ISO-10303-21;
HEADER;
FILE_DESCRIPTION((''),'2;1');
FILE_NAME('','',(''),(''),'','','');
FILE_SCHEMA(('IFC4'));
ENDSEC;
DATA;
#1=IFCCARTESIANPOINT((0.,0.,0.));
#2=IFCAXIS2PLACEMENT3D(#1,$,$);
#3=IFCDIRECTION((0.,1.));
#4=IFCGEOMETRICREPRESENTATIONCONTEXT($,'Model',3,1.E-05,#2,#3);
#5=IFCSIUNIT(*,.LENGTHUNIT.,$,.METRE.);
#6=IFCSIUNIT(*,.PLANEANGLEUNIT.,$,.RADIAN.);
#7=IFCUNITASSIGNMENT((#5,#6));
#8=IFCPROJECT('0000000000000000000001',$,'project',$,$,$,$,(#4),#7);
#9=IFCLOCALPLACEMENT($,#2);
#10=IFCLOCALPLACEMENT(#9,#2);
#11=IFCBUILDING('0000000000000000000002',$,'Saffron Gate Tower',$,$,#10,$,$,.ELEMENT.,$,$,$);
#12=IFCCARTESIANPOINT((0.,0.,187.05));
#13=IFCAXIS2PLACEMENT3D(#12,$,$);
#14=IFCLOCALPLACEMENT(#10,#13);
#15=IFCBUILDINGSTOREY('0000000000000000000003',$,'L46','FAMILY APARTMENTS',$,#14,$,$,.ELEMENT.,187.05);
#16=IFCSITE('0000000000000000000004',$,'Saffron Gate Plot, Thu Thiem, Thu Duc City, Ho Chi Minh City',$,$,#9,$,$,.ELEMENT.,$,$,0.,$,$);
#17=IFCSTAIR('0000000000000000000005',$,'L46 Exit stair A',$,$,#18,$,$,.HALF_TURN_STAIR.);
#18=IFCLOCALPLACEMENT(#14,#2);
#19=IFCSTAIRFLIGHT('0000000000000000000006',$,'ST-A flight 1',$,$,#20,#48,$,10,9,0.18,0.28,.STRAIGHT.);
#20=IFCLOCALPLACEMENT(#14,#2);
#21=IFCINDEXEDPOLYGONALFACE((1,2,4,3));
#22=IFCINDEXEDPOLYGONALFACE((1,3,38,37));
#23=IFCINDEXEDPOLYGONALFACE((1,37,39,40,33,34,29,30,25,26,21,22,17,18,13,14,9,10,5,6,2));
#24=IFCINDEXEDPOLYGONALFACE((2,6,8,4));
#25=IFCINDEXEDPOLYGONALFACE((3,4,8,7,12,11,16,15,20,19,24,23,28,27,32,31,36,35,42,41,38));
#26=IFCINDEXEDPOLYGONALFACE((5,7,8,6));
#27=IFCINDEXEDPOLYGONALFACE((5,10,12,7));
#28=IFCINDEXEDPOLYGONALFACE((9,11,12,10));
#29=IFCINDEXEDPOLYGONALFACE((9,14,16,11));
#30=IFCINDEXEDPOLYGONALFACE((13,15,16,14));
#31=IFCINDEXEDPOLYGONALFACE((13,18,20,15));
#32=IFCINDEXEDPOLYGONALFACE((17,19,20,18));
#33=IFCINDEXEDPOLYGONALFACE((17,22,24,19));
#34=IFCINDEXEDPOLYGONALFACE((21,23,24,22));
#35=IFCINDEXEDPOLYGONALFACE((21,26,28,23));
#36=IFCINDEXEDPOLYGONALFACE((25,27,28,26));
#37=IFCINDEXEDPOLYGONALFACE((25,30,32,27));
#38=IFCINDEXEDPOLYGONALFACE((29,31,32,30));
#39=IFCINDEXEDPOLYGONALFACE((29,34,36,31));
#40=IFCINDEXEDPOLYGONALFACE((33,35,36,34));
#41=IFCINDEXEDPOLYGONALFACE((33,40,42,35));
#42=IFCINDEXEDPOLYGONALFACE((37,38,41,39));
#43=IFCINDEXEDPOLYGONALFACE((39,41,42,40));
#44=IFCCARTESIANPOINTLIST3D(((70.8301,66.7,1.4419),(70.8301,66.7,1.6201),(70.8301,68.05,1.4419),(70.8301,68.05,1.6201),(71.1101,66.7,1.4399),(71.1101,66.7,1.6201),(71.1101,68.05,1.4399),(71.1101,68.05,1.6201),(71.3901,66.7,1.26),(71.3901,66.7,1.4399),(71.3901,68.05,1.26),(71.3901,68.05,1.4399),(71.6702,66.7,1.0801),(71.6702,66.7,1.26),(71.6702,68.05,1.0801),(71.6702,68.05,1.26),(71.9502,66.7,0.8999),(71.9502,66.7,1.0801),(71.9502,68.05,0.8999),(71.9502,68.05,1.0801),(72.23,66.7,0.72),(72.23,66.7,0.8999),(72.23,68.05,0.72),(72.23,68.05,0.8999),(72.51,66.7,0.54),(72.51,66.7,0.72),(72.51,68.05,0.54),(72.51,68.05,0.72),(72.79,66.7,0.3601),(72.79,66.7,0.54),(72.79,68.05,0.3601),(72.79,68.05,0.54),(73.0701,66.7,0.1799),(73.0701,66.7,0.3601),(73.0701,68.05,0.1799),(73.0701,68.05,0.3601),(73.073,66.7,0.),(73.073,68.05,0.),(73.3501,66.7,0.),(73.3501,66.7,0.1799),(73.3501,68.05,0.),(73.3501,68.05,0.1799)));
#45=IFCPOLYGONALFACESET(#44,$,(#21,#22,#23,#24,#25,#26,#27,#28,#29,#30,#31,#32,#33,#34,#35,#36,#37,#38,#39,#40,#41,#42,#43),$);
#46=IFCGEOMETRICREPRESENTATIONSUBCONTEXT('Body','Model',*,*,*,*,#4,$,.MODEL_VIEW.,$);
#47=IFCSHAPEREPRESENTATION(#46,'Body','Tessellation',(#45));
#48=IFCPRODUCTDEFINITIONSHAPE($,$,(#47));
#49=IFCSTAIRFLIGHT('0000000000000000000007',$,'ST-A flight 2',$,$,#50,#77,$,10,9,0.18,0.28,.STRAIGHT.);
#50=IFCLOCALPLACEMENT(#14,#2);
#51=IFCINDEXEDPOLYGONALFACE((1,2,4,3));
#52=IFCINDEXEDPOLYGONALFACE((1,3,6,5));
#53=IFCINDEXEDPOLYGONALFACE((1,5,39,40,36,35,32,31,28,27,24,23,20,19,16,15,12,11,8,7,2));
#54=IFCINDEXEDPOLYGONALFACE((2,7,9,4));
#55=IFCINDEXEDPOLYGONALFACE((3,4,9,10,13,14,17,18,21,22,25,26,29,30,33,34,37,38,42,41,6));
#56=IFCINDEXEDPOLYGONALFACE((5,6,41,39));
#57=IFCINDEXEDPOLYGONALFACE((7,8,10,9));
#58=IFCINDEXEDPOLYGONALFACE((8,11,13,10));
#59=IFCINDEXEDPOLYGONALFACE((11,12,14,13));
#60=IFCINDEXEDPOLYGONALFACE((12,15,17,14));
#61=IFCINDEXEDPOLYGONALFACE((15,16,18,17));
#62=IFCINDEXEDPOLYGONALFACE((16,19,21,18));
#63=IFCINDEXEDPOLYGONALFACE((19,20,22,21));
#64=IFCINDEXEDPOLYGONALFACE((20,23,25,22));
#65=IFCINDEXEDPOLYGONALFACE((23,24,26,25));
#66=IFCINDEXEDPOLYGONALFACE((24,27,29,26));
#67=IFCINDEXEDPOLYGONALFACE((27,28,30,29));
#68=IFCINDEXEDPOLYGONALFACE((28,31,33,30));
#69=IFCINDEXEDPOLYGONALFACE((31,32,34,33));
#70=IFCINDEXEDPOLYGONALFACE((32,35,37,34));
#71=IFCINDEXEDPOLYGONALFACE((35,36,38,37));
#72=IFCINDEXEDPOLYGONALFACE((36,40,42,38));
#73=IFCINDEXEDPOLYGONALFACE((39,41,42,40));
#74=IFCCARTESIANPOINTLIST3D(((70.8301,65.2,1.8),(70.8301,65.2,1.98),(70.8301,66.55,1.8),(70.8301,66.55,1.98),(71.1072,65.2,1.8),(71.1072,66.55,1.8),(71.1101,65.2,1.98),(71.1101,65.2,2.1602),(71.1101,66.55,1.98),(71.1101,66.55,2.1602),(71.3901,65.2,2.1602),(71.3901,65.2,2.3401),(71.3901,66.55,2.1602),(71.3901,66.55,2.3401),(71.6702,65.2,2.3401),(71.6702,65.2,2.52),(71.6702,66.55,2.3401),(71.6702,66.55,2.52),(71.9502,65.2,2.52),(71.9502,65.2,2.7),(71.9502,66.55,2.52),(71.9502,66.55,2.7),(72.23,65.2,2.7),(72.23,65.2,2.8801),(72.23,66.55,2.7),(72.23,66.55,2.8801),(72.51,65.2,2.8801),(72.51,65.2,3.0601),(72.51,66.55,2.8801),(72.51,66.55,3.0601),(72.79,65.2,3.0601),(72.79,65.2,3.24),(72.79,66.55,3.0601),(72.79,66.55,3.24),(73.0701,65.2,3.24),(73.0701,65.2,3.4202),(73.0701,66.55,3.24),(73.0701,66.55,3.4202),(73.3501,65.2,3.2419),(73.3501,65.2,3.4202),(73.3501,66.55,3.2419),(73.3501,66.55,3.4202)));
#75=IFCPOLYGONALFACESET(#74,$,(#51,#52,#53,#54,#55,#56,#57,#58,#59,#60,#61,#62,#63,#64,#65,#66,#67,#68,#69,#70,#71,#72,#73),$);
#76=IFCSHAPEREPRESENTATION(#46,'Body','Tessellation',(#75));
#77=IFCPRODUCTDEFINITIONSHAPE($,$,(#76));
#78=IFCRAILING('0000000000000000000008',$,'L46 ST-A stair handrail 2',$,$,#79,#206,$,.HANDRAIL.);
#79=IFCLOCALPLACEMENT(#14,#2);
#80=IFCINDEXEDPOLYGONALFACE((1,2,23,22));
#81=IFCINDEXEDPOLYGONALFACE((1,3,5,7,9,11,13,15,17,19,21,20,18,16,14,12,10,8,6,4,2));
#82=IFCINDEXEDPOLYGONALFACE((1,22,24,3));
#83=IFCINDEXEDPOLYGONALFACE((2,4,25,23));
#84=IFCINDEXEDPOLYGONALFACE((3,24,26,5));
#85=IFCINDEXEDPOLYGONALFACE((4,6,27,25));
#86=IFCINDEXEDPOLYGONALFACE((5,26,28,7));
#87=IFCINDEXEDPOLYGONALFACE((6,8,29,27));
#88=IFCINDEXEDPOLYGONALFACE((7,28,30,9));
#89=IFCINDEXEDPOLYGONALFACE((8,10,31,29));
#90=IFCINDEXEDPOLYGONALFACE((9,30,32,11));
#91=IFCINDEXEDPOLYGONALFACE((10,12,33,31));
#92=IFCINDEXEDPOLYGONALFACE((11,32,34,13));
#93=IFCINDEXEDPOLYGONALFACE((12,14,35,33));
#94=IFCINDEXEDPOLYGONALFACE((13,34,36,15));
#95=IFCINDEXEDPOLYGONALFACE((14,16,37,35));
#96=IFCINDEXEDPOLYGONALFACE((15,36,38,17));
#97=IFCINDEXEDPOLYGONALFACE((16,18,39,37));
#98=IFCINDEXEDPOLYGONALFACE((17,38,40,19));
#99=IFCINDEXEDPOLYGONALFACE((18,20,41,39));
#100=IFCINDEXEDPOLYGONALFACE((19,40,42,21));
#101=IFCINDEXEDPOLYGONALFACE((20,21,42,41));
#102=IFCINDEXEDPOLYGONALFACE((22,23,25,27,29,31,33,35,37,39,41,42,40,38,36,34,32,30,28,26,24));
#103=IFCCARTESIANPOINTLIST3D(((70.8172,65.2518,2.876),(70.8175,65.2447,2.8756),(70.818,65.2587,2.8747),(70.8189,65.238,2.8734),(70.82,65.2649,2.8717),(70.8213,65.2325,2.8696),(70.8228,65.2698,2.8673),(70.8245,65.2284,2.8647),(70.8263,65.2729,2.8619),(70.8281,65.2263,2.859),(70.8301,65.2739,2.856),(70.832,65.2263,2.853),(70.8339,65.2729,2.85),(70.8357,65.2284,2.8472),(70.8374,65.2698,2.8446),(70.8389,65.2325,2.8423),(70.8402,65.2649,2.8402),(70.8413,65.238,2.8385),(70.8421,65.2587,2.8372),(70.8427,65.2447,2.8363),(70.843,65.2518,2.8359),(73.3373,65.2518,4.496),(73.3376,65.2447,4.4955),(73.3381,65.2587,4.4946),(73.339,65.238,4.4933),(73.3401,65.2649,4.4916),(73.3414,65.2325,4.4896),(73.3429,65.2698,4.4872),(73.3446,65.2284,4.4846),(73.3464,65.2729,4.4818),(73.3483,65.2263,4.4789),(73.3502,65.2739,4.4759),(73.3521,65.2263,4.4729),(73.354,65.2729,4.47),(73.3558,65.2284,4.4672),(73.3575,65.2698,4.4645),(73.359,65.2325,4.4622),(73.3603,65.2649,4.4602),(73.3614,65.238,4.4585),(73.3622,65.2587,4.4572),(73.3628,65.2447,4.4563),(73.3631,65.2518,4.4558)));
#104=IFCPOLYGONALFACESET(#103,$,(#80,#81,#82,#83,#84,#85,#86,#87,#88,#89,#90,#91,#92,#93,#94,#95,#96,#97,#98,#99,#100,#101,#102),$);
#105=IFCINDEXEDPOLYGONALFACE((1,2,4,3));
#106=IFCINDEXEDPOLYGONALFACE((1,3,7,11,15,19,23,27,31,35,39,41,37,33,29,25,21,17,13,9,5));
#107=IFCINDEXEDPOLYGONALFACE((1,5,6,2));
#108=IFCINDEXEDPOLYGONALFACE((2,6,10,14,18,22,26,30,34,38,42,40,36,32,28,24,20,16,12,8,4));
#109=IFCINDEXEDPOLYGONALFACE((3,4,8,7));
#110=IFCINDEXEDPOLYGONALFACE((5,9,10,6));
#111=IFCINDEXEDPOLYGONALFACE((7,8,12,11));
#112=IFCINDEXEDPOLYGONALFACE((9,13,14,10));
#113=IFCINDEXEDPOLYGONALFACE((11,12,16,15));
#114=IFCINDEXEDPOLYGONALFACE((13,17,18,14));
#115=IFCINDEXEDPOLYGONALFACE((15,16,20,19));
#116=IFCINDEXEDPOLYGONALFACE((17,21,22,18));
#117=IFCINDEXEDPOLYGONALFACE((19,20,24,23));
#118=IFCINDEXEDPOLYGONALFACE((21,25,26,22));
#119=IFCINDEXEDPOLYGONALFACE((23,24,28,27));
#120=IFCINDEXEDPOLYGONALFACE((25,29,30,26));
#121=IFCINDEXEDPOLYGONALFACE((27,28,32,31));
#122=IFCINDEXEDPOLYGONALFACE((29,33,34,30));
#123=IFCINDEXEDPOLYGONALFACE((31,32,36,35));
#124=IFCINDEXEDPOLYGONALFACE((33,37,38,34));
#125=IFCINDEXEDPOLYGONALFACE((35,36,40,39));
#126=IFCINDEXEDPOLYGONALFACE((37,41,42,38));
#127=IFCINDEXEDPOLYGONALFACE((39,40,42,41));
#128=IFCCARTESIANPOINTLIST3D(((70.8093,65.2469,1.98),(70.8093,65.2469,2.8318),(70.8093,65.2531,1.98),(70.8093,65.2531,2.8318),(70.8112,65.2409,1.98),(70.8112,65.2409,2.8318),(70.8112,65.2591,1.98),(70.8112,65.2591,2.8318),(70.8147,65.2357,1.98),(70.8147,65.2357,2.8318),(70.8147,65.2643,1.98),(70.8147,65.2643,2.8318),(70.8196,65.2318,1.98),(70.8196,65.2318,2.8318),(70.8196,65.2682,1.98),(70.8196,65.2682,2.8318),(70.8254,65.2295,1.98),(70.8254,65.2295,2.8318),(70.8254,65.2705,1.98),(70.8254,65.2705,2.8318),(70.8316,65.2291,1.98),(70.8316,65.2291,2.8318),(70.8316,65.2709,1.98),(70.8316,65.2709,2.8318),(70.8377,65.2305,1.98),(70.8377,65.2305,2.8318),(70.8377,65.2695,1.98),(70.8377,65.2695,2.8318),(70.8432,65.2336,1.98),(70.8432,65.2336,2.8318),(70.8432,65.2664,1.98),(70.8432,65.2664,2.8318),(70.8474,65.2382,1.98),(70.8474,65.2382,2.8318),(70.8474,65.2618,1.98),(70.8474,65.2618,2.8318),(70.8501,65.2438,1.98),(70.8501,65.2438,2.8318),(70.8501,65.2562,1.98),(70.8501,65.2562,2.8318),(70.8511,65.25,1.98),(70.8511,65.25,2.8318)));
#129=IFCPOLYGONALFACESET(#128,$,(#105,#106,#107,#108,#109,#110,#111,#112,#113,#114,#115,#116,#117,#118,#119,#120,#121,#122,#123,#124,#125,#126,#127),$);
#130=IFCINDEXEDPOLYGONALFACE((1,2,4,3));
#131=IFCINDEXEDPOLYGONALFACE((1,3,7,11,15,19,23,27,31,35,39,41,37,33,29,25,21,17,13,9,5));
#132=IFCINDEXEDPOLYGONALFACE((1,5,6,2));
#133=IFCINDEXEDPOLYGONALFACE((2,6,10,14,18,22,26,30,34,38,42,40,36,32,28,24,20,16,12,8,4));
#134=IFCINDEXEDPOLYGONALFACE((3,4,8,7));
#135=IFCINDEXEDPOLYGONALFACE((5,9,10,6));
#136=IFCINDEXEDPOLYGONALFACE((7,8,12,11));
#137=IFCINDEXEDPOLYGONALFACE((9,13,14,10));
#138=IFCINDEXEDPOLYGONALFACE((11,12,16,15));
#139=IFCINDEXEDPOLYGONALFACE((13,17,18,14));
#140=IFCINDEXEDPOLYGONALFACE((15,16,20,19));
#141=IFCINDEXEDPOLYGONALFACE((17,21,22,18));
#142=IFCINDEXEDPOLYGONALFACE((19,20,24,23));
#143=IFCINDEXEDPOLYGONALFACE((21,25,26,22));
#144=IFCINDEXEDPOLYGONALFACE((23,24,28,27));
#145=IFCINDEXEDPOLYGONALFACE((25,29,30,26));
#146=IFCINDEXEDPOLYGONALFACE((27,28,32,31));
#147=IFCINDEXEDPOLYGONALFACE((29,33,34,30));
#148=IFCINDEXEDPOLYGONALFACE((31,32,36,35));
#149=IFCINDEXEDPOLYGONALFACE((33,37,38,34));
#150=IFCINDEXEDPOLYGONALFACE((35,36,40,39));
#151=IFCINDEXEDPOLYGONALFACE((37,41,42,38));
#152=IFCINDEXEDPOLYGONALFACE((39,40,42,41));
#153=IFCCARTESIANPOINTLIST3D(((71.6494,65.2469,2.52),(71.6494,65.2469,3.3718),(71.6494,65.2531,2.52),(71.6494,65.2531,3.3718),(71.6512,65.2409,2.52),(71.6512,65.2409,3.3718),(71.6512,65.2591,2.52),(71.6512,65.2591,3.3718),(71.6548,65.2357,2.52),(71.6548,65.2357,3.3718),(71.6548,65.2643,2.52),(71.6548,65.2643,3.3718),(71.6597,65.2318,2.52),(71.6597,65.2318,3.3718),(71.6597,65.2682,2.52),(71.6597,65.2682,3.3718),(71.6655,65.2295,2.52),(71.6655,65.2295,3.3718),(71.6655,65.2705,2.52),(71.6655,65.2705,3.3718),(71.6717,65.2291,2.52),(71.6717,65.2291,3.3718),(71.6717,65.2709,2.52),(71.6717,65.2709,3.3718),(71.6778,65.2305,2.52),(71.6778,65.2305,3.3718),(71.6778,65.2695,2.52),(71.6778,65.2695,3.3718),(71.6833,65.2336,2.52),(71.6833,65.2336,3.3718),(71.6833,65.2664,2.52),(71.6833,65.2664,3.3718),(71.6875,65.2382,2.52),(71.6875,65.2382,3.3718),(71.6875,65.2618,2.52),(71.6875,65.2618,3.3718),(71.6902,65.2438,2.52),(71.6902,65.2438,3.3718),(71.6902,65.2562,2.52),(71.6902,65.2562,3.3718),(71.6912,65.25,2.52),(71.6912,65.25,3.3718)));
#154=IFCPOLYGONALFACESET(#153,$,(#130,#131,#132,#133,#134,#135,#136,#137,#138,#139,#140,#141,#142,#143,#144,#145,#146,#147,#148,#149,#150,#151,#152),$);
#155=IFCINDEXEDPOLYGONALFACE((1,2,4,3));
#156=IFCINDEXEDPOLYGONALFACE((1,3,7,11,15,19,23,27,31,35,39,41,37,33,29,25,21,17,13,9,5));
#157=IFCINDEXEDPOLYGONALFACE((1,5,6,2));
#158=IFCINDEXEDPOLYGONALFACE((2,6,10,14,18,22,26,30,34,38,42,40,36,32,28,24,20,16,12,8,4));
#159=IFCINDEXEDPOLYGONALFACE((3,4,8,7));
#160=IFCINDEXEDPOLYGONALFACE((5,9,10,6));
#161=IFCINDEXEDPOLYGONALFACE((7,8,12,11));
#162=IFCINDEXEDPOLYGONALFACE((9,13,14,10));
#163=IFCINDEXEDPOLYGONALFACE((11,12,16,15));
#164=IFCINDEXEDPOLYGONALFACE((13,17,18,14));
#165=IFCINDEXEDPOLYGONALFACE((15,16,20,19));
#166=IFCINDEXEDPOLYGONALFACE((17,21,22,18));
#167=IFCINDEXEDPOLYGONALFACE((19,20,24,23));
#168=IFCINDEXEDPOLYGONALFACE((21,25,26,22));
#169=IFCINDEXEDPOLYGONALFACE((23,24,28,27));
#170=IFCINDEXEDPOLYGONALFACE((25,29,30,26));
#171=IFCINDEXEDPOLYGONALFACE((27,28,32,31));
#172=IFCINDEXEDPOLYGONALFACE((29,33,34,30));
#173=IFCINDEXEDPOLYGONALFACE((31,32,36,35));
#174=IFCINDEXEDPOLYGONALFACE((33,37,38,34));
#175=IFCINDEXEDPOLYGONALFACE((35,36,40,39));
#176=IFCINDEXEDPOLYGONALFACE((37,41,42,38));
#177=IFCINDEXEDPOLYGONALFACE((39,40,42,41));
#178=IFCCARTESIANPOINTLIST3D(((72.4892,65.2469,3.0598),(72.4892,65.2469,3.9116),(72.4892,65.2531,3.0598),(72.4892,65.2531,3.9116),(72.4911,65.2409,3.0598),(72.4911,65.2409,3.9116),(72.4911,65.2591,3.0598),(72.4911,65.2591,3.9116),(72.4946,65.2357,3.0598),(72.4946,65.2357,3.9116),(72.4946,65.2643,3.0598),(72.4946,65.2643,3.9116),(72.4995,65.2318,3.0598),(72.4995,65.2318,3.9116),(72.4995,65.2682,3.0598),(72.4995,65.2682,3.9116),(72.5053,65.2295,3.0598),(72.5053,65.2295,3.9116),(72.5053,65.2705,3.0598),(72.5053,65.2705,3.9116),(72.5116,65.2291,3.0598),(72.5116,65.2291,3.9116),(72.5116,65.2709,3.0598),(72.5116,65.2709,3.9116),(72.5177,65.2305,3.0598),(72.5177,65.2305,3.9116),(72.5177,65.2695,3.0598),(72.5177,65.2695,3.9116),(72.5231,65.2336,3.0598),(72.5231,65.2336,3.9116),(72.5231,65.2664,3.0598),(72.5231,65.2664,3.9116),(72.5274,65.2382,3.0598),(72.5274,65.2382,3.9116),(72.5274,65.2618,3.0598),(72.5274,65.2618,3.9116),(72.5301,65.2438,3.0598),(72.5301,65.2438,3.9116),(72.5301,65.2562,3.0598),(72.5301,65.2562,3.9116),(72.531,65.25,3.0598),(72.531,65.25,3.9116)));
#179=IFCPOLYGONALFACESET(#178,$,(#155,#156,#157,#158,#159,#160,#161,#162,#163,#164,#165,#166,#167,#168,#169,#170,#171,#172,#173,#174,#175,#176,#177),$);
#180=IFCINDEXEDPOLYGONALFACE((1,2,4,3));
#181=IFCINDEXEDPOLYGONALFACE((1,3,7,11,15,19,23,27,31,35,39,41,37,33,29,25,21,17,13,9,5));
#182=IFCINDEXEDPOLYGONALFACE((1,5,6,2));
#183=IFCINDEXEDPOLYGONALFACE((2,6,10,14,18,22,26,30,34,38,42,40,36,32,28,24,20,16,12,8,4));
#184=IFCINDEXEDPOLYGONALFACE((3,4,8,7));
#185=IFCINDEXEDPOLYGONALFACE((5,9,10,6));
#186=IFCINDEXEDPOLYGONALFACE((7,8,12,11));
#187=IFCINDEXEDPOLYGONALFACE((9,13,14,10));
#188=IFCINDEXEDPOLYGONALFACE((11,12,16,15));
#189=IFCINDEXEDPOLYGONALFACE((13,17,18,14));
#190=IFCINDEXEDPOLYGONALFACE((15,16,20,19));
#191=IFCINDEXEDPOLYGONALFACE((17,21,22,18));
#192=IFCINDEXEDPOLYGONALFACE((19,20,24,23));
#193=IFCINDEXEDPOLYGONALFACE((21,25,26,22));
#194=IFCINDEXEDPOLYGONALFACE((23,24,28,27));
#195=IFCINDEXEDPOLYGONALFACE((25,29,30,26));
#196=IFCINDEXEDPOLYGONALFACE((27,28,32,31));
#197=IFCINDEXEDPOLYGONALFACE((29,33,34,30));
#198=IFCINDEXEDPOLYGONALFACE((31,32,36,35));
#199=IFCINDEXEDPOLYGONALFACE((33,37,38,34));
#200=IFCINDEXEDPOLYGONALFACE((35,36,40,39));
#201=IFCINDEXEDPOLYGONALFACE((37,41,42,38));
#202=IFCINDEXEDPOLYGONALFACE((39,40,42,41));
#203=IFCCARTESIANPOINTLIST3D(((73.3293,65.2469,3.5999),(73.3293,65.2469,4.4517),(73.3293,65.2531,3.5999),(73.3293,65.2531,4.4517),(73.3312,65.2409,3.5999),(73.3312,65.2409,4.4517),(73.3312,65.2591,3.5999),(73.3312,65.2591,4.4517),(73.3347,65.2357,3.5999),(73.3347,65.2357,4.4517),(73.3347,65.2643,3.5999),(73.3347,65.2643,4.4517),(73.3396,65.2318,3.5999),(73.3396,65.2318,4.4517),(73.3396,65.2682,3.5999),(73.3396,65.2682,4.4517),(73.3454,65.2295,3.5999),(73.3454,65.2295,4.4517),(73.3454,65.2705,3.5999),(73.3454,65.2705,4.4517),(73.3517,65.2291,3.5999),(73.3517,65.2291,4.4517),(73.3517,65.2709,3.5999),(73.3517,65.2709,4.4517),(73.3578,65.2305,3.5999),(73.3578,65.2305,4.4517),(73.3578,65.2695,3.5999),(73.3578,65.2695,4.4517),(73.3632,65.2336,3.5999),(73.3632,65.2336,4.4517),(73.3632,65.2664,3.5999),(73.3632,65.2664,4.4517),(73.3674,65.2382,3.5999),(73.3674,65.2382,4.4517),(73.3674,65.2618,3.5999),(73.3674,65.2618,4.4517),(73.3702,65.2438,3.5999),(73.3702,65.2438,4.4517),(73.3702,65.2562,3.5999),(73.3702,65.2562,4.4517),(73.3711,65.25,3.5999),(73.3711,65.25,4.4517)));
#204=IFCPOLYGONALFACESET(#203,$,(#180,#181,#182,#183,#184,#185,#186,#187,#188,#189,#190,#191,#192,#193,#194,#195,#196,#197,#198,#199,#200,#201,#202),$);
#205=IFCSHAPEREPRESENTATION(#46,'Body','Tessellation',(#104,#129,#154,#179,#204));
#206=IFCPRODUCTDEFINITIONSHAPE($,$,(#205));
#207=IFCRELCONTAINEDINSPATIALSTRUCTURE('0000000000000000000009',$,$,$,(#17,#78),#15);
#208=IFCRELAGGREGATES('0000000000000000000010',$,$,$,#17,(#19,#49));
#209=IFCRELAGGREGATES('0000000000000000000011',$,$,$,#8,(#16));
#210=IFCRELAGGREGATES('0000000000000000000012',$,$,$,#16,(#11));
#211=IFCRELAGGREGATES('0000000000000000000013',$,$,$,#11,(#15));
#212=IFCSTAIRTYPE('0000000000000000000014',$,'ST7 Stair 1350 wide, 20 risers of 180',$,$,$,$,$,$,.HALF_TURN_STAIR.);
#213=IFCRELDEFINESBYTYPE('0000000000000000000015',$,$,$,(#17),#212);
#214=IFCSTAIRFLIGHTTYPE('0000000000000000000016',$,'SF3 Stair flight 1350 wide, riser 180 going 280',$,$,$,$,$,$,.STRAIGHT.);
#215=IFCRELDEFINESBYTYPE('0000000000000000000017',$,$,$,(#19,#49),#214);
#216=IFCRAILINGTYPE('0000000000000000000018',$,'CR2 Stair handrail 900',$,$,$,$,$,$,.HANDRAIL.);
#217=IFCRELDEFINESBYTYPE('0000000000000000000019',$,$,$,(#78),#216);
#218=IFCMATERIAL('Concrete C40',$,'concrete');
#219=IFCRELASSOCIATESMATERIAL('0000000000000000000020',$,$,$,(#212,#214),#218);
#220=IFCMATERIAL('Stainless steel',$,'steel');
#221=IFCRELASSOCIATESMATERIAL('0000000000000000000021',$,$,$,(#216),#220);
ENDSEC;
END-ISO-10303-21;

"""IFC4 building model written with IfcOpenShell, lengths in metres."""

from ifc_helpers import new_model, si_unit, direction, frame, origin, origin_2d, place, context, subcontext, project, spatial, polyline, circle, outline, extrude, material, type_object, element, aggregate, save


model = new_model("IFC4")

# Units and contexts
model_context = context("Model", 3, precision=1e-05, world=origin(), true_north=direction((0.0, 1.0)))
body_context = subcontext(model_context, "Body", "Model", "MODEL_VIEW")
ifc_project = project(units=[si_unit("LENGTHUNIT", "METRE"), si_unit("PLANEANGLEUNIT", "RADIAN")], contexts=[model_context])

# Site, building, storey
site_placement = place(None, origin())
site = spatial("IfcSite", under=ifc_project, at=site_placement, Name="Saffron Gate Plot, Thu Thiem, Thu Duc City, Ho Chi Minh City", CompositionType="ELEMENT", RefElevation=0.0)
building_placement = place(site_placement, origin())
building = spatial("IfcBuilding", under=site, at=building_placement, Name="Saffron Gate Tower", CompositionType="ELEMENT")
storey_placement = place(building_placement, frame((0.0, 0.0, 187.05)))
storey = spatial("IfcBuildingStorey", under=building, at=storey_placement, Name="L46", Description="FAMILY APARTMENTS", CompositionType="ELEMENT", Elevation=187.05)

# Stair, stair flights
ifc_material_1 = material(Name="Concrete C40", Category="concrete")
stair_type = type_object("IfcStairType", Name="ST7 Stair 1350 wide, 20 risers of 180", PredefinedType="HALF_TURN_STAIR", material=ifc_material_1)
stair_placement = place(storey_placement, origin())
stair = element("IfcStair", 1, at=stair_placement, inside=storey, type_object=stair_type, Name="L46 Exit stair A", PredefinedType="HALF_TURN_STAIR")
stair_flight_type = type_object("IfcStairFlightType", Name="SF3 Stair flight 1350 wide, riser 180 going 280", PredefinedType="STRAIGHT", material=ifc_material_1)
stair_flight_1_placement = place(storey_placement, frame((73.3501, 67.375, 0.0), z_axis=(0.0, 0.0, 1.0), x_axis=(-1.0, 0.0, 0.0)))
stair_flight_1 = element("IfcStairFlight", 2, at=stair_flight_1_placement, type_object=stair_flight_type, Name="ST-A flight 1", NumberOfRisers=10, NumberOfTreads=9, PredefinedType="STRAIGHT", RiserHeight=0.18, TreadLength=0.28, context=body_context, shape_type="SweptSolid", body=[
    extrude(outline(polyline([(0.0, 0.0), (0.0, 0.1799), (0.28, 0.1799), (0.28, 0.3601), (0.5601, 0.3601), (0.5601, 0.54), (0.8401, 0.54), (0.8401, 0.72), (1.1201, 0.72), (1.1201, 0.8999), (1.3999, 0.8999), (1.3999, 1.0801), (1.6799, 1.0801), (1.6799, 1.26), (1.96, 1.26), (1.96, 1.4399), (2.24, 1.4399), (2.24, 1.6201), (2.52, 1.6201), (2.52, 1.8), (2.52, 1.4419), (0.2771, 0.0), (0.0, 0.0)])), frame((0.0, 0.675, 0.0), z_axis=(0.0, -1.0, 0.0), x_axis=(1.0, 0.0, 0.0)), (0.0, 0.0, 1.0), 1.3501),
])
stair_flight_2_placement = place(storey_placement, frame((70.8301, 65.875, 1.8), z_axis=(0.0, 0.0, 1.0), x_axis=(1.0, 0.0, 0.0)))
stair_flight_2 = element("IfcStairFlight", 3, at=stair_flight_2_placement, type_object=stair_flight_type, Name="ST-A flight 2", NumberOfRisers=10, NumberOfTreads=9, PredefinedType="STRAIGHT", RiserHeight=0.18, TreadLength=0.28, context=body_context, shape_type="SweptSolid", body=[
    extrude(outline(polyline([(0.0, 0.0), (0.0, 0.1799), (0.28, 0.1799), (0.28, 0.3601), (0.5601, 0.3601), (0.5601, 0.54), (0.8401, 0.54), (0.8401, 0.72), (1.1201, 0.72), (1.1201, 0.8999), (1.3999, 0.8999), (1.3999, 1.0801), (1.6799, 1.0801), (1.6799, 1.26), (1.96, 1.26), (1.96, 1.4399), (2.24, 1.4399), (2.24, 1.6201), (2.52, 1.6201), (2.52, 1.8), (2.52, 1.4419), (0.2771, 0.0), (0.0, 0.0)])), frame((0.0, 0.675, 0.0), z_axis=(0.0, -1.0, 0.0), x_axis=(1.0, 0.0, 0.0)), (0.0, 0.0, 1.0), 1.3501),
])
aggregate(stair, [stair_flight_1, stair_flight_2])

# Railing
ifc_material_2 = material(Name="Stainless steel", Category="steel")
railing_type_1 = type_object("IfcRailingType", Name="CR2 Stair handrail 900", PredefinedType="HANDRAIL", material=ifc_material_2)
railing_1_placement = place(storey_placement, frame((70.8301, 65.25, 1.98)))
element("IfcRailing", 4, at=railing_1_placement, inside=storey, type_object=railing_type_1, Name="L46 ST-A stair handrail 2", PredefinedType="HANDRAIL", context=body_context, shape_type="SweptSolid", body=[
    extrude(circle(Radius=0.0239, at=origin_2d()), frame((0.0, 0.0, 0.876), z_axis=(0.8412, 0.0, 0.540725), x_axis=(0.0, 1.0, 0.0)), (0.0, 0.0, 1.0), 2.9958),
    extrude(circle(Radius=0.021, at=origin_2d()), origin(), (0.0, 0.0, 1.0), 0.8518),
    extrude(circle(Radius=0.021, at=origin_2d()), frame((0.8401, 0.0, 0.54)), (0.0, 0.0, 1.0), 0.8518),
    extrude(circle(Radius=0.021, at=origin_2d()), frame((1.6799, 0.0, 1.0798)), (0.0, 0.0, 1.0), 0.8518),
    extrude(circle(Radius=0.021, at=origin_2d()), frame((2.52, 0.0, 1.6199)), (0.0, 0.0, 1.0), 0.8518),
])

save(model, "model.ifc")
